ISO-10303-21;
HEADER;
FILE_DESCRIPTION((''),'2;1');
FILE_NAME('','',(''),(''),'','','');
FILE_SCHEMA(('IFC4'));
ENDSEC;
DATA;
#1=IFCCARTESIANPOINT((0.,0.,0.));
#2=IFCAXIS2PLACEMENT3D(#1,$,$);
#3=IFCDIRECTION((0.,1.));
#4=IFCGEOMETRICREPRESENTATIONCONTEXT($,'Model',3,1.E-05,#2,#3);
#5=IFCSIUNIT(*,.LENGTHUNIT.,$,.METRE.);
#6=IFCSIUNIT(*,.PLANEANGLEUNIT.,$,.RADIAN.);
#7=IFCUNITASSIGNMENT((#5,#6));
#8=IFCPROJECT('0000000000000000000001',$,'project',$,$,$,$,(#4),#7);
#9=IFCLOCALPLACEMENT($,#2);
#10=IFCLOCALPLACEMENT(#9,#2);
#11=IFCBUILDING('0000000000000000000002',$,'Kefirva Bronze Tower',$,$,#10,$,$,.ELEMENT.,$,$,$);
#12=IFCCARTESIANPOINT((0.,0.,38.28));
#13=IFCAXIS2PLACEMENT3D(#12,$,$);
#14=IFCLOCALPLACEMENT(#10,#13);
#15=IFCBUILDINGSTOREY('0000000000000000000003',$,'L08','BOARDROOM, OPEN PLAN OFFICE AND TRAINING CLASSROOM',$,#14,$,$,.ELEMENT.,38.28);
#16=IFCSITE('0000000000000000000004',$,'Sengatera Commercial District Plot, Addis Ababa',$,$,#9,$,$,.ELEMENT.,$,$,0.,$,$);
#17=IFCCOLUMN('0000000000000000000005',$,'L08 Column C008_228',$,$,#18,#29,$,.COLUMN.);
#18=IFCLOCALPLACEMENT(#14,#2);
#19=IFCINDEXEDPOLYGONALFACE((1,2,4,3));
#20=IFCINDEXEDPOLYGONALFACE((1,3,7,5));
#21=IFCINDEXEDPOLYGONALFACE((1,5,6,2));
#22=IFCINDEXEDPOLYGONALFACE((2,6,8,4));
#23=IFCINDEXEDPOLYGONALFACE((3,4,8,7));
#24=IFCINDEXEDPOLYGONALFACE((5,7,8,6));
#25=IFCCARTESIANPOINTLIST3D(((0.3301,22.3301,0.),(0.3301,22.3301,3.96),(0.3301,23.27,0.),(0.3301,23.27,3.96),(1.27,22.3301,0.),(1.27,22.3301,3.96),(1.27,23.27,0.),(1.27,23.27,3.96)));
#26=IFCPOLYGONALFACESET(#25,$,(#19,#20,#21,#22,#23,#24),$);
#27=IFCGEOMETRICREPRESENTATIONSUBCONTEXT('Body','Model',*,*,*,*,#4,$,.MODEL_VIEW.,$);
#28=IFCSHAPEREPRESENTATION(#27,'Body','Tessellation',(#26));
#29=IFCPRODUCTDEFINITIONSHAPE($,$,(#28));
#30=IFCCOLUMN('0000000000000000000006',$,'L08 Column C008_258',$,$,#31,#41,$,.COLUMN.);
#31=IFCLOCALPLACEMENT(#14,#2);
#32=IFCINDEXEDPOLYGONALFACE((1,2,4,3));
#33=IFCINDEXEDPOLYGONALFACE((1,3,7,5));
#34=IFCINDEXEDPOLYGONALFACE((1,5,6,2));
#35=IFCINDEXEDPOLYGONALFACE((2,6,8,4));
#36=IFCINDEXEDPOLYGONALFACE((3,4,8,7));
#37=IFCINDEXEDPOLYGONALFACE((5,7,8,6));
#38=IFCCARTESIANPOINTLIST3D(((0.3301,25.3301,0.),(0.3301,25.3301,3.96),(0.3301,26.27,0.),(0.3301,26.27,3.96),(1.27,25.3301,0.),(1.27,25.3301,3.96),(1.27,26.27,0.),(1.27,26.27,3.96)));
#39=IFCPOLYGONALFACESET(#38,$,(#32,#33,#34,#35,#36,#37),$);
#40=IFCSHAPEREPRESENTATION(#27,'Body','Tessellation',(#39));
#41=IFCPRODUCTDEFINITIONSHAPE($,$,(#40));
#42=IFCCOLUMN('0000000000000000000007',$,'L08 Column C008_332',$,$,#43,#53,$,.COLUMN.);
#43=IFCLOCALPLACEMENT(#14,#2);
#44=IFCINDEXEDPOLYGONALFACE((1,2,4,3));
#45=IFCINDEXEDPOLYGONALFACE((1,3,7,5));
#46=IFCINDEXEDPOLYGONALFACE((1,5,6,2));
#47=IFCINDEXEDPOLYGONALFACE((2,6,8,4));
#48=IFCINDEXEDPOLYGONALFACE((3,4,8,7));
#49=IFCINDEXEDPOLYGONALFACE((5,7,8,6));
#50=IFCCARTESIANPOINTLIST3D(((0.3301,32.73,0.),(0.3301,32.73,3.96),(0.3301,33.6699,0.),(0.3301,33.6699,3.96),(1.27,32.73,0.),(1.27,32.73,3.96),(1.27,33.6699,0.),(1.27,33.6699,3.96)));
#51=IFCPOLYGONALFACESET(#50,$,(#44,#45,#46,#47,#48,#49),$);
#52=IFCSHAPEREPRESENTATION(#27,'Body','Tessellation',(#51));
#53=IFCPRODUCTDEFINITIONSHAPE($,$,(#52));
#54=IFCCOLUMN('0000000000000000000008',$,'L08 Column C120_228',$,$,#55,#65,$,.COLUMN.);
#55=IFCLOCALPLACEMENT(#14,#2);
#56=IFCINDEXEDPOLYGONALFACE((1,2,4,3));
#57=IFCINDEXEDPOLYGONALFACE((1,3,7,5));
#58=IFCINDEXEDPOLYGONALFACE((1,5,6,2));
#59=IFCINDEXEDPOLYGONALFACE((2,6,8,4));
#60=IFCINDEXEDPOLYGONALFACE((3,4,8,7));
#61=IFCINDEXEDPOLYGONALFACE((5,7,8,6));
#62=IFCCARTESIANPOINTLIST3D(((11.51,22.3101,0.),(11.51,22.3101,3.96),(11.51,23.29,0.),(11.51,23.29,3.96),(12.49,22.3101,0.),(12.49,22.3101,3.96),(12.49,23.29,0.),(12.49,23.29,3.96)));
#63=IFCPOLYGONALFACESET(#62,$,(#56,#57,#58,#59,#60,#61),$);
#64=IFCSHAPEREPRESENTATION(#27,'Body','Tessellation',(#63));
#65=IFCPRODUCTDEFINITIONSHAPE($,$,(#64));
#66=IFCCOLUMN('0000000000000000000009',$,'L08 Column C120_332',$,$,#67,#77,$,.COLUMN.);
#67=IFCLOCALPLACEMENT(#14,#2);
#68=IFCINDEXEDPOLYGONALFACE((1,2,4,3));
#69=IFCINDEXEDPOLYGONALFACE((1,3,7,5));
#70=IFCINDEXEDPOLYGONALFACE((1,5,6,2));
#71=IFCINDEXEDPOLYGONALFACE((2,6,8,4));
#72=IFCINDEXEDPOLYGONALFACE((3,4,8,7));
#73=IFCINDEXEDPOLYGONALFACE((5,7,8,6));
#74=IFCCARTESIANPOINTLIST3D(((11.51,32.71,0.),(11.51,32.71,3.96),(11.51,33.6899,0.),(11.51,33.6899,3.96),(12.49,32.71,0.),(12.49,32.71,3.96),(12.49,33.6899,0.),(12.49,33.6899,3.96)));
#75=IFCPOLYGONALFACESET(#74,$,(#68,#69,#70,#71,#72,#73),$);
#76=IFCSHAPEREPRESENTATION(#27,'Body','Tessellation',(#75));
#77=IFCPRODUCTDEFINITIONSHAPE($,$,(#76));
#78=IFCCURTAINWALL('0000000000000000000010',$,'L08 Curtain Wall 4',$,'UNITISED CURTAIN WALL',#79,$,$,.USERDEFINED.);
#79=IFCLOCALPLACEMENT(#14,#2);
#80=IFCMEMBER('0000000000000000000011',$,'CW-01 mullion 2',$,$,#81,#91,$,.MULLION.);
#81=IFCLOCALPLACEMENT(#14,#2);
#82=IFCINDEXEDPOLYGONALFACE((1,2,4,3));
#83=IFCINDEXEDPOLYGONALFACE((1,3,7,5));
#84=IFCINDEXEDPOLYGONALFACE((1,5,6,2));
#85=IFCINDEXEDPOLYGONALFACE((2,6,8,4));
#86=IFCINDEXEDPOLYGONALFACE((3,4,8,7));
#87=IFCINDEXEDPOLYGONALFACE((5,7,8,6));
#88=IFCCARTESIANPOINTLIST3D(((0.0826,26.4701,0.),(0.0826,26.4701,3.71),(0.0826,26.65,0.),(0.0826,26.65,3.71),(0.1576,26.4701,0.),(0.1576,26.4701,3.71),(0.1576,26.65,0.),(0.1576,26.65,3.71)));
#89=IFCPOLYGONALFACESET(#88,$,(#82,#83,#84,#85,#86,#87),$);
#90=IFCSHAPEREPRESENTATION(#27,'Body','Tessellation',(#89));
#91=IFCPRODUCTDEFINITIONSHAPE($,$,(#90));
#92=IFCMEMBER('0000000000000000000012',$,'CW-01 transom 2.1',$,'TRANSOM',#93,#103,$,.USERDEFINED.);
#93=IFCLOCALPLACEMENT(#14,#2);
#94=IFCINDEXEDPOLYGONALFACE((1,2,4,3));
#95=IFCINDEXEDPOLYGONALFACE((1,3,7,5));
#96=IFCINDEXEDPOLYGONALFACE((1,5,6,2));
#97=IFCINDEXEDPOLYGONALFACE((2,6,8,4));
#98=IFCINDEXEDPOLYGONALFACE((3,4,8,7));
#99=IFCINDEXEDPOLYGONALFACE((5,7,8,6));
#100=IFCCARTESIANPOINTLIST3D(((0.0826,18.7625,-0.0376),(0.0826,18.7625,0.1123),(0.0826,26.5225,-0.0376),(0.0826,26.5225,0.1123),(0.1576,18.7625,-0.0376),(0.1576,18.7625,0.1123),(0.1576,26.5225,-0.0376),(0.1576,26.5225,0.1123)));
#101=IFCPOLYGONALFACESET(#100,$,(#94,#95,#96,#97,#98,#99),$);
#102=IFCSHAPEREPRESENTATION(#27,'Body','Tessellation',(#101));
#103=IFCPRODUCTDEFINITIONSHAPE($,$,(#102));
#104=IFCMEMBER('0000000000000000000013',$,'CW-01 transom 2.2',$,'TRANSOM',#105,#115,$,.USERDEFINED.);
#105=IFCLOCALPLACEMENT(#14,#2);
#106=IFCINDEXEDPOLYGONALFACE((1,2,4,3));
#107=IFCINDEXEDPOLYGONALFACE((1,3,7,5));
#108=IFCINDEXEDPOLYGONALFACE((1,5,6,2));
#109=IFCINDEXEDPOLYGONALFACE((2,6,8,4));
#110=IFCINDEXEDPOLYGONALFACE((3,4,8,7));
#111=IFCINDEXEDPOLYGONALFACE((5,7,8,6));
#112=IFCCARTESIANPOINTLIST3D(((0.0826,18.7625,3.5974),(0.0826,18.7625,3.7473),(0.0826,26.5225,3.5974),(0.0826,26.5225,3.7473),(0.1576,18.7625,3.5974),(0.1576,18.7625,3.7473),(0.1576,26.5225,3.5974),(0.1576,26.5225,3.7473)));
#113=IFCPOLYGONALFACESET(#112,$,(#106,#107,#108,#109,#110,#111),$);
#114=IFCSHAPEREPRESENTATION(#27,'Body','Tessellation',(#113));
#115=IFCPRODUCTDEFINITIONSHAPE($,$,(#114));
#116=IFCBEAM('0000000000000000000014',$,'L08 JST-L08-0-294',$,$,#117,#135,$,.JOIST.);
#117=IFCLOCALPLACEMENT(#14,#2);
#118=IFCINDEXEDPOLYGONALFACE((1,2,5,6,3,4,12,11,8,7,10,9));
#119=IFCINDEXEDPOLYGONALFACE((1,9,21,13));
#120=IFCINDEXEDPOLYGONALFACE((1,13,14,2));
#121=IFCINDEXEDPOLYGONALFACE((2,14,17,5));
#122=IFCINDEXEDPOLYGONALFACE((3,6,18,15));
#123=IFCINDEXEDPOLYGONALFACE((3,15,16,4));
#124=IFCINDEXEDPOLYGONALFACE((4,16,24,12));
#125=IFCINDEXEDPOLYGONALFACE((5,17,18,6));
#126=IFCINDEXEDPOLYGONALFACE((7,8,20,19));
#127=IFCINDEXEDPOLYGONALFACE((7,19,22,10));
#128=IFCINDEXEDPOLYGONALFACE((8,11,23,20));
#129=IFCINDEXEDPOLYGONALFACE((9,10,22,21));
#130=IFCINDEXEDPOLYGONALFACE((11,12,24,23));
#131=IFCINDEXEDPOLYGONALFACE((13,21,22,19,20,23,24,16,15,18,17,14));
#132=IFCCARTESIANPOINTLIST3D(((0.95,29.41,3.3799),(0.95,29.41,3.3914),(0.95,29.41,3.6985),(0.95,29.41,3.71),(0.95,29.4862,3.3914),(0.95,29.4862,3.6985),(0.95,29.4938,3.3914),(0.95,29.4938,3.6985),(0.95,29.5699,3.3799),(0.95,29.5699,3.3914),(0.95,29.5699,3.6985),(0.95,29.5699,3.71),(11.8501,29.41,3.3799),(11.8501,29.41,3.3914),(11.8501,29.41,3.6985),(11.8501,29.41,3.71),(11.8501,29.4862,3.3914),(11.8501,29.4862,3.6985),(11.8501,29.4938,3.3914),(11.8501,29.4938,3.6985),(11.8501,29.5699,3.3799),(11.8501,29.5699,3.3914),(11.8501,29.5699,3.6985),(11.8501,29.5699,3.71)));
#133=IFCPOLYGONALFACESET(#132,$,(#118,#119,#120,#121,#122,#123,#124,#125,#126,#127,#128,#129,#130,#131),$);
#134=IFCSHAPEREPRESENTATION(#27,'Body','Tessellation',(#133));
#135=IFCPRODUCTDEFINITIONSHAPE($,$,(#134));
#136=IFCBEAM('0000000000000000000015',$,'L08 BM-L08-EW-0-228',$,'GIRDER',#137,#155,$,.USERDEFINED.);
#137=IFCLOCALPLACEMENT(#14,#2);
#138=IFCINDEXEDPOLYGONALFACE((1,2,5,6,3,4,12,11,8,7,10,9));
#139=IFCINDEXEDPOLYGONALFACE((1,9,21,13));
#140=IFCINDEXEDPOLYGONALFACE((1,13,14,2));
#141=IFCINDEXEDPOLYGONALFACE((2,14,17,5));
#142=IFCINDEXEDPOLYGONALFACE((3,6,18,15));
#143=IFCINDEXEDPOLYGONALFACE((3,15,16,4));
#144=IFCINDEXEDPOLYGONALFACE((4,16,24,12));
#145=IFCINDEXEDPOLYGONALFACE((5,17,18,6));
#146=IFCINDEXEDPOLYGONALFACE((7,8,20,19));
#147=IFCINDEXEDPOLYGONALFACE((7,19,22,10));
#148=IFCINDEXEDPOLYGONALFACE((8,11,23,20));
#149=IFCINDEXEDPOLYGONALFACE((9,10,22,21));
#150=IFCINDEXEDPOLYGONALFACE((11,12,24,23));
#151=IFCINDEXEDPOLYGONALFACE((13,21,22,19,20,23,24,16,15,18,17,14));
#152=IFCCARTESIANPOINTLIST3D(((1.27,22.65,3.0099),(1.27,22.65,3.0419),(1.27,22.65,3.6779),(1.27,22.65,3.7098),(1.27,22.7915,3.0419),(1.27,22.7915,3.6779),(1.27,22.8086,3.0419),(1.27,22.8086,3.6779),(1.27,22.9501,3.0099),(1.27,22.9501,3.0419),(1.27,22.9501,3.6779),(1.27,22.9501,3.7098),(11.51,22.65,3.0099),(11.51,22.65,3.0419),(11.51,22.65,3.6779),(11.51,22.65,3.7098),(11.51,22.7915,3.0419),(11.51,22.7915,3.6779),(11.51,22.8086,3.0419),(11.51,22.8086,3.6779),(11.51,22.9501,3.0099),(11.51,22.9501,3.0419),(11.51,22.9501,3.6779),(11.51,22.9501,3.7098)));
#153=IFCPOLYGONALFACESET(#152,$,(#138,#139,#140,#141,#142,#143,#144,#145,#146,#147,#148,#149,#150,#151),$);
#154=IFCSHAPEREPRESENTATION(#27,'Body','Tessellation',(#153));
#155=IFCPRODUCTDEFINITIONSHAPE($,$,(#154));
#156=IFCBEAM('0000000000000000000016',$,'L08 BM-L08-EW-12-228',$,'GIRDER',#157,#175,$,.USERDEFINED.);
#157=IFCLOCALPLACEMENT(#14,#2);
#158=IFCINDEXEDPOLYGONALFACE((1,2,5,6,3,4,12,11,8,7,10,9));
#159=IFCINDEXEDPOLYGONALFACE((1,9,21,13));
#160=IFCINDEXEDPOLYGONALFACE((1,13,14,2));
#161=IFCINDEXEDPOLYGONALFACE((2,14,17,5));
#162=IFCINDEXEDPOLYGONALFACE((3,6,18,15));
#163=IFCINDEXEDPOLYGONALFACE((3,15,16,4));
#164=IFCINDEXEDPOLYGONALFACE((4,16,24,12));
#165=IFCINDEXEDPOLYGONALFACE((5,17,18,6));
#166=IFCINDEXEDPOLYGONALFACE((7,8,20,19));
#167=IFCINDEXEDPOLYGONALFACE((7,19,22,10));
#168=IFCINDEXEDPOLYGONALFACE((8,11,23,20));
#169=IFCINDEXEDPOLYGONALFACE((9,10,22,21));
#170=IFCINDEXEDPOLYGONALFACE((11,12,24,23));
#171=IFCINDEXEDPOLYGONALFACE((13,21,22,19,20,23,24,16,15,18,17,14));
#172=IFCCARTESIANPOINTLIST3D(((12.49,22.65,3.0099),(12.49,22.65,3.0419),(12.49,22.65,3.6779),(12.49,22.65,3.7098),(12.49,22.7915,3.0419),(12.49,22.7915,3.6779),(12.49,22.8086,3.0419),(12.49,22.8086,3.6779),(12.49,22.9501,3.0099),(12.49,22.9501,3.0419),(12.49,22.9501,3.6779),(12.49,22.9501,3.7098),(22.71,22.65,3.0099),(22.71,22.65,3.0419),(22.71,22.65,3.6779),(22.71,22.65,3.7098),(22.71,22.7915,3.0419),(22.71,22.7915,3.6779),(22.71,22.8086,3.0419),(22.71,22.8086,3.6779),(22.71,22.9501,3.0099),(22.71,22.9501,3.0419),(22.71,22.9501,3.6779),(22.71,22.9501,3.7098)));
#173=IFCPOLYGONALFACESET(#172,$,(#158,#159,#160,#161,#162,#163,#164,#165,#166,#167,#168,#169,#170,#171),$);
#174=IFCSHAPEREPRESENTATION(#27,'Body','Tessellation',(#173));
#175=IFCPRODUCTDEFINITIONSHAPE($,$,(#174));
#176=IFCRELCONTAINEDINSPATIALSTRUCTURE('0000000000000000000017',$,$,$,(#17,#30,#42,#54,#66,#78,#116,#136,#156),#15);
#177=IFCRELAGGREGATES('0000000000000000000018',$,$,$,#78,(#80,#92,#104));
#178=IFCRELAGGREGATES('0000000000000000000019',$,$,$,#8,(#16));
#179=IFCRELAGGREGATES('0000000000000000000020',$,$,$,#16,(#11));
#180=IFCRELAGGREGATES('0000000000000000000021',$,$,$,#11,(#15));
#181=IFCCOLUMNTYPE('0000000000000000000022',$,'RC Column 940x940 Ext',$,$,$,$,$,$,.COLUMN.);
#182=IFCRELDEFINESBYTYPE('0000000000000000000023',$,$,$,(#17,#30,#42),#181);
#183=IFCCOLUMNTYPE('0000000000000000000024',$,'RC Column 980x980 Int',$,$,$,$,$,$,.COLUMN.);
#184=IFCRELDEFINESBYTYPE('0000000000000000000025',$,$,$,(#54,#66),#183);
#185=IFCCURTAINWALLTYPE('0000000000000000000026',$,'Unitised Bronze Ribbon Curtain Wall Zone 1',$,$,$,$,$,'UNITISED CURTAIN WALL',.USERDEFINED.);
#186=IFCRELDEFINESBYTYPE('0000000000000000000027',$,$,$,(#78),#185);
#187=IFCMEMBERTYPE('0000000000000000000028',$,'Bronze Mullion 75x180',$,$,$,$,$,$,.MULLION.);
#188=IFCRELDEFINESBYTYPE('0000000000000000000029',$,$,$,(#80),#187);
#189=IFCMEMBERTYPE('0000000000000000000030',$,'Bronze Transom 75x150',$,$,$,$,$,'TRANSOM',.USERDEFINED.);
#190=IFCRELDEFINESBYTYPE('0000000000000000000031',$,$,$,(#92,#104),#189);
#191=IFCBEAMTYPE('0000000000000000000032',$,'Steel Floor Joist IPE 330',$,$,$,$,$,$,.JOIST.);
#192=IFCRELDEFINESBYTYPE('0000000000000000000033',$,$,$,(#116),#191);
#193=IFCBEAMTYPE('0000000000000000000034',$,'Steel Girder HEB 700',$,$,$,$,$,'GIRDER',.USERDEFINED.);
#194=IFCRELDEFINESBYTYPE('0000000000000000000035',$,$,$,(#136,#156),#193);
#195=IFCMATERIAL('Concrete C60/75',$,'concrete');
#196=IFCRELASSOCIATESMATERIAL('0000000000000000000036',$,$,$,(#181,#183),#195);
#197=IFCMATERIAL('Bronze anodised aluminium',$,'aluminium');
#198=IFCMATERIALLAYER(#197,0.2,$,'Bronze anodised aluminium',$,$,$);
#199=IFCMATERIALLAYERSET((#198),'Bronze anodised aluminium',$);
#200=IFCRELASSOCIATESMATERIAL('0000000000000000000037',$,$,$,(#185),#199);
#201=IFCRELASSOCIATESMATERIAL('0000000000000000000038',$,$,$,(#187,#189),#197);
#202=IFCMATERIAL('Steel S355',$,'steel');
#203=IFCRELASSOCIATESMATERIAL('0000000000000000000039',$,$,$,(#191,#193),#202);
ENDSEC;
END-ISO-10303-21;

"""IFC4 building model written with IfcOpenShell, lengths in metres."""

from ifc_helpers import new_model, si_unit, direction, frame, origin, origin_2d, place, context, subcontext, project, spatial, rectangle, i_section, extrude, material, layer, layer_set, material_profile, profile_set, type_object, element, aggregate, save


model = new_model("IFC4")

# Units and contexts
model_context = context("Model", 3, precision=1e-05, world=origin(), true_north=direction((0.0, 1.0)))
body_context = subcontext(model_context, "Body", "Model", "MODEL_VIEW")
ifc_project = project(units=[si_unit("LENGTHUNIT", "METRE"), si_unit("PLANEANGLEUNIT", "RADIAN")], contexts=[model_context])

# Site, building, storey
site_placement = place(None, origin())
site = spatial("IfcSite", under=ifc_project, at=site_placement, Name="Sengatera Commercial District Plot, Addis Ababa", CompositionType="ELEMENT", RefElevation=0.0)
building_placement = place(site_placement, origin())
building = spatial("IfcBuilding", under=site, at=building_placement, Name="Kefirva Bronze Tower", CompositionType="ELEMENT")
storey_placement = place(building_placement, frame((0.0, 0.0, 38.28)))
storey = spatial("IfcBuildingStorey", under=building, at=storey_placement, Name="L08", Description="BOARDROOM, OPEN PLAN OFFICE AND TRAINING CLASSROOM", CompositionType="ELEMENT", Elevation=38.28)

# Columns
ifc_material_1 = material(Name="Concrete C60/75", Category="concrete")
ifc_material_profile_1 = material_profile(ifc_material_1, rectangle(XDim=0.9399, YDim=0.9399, at=origin_2d()), Name="RC 940x940")
ifc_profile_set_1 = profile_set([ifc_material_profile_1], Name="Concrete C60/75")
column_type_1 = type_object("IfcColumnType", Name="RC Column 940x940 Ext", PredefinedType="COLUMN", material=ifc_profile_set_1)
for number, where, z_axis, x_axis, name in (
    (1, (0.8, 22.8, 0.0), (0.0, 0.0, 1.0), (1.0, 0.0, 0.0), "L08 Column C008_228"),
    (2, (0.8, 25.8, 0.0), (0.0, 0.0, 1.0), (1.0, 0.0, 0.0), "L08 Column C008_258"),
    (3, (0.8, 33.2, 0.0), (0.0, 0.0, 1.0), (1.0, 0.0, 0.0), "L08 Column C008_332"),
):
    element("IfcColumn", number, at=place(storey_placement, frame(where, z_axis=z_axis, x_axis=x_axis)), inside=storey, type_object=column_type_1, Name=name, PredefinedType="COLUMN", context=body_context, shape_type="SweptSolid", body=[
        extrude(rectangle(XDim=0.9399, YDim=0.9399, at=origin_2d()), origin(), (0.0, 0.0, 1.0), 3.96),
    ])
ifc_material_profile_2 = material_profile(ifc_material_1, rectangle(XDim=0.98, YDim=0.98, at=origin_2d()), Name="RC 980x980")
ifc_profile_set_2 = profile_set([ifc_material_profile_2], Name="Concrete C60/75")
column_type_2 = type_object("IfcColumnType", Name="RC Column 980x980 Int", PredefinedType="COLUMN", material=ifc_profile_set_2)
for number, where, z_axis, x_axis, name in (
    (4, (12.0, 22.8, 0.0), (0.0, 0.0, 1.0), (1.0, 0.0, 0.0), "L08 Column C120_228"),
    (5, (12.0, 33.2, 0.0), (0.0, 0.0, 1.0), (1.0, 0.0, 0.0), "L08 Column C120_332"),
):
    element("IfcColumn", number, at=place(storey_placement, frame(where, z_axis=z_axis, x_axis=x_axis)), inside=storey, type_object=column_type_2, Name=name, PredefinedType="COLUMN", context=body_context, shape_type="SweptSolid", body=[
        extrude(rectangle(XDim=0.98, YDim=0.98, at=origin_2d()), origin(), (0.0, 0.0, 1.0), 3.96),
    ])

# Curtain wall, members
ifc_material_2 = material(Name="Bronze anodised aluminium", Category="aluminium")
ifc_layer_1 = layer(ifc_material_2, 0.2, Name="Bronze anodised aluminium")
ifc_layer_set_1 = layer_set([ifc_layer_1], Name="Bronze anodised aluminium")
curtain_wall_type = type_object("IfcCurtainWallType", Name="Unitised Bronze Ribbon Curtain Wall Zone 1", ElementType="UNITISED CURTAIN WALL", PredefinedType="USERDEFINED", material=ifc_layer_set_1)
curtain_wall_placement = place(storey_placement, origin())
curtain_wall = element("IfcCurtainWall", 6, at=curtain_wall_placement, inside=storey, type_object=curtain_wall_type, Name="L08 Curtain Wall 4", ObjectType="UNITISED CURTAIN WALL", PredefinedType="USERDEFINED")
ifc_material_profile_3 = material_profile(ifc_material_2, rectangle(XDim=0.075, YDim=0.1799, at=origin_2d()), Name="ALU 75x180")
ifc_profile_set_3 = profile_set([ifc_material_profile_3], Name="Bronze anodised aluminium")
member_type_1 = type_object("IfcMemberType", Name="Bronze Mullion 75x180", PredefinedType="MULLION", material=ifc_profile_set_3)
member_1_placement = place(storey_placement, frame((0.1201, 26.5601, 0.0), z_axis=(0.0, 0.0, 1.0), x_axis=(1.0, 0.0, 0.0)))
member_1 = element("IfcMember", 7, at=member_1_placement, type_object=member_type_1, Name="CW-01 mullion 2", PredefinedType="MULLION", context=body_context, shape_type="SweptSolid", body=[
    extrude(rectangle(XDim=0.075, YDim=0.1799, at=origin_2d()), origin(), (0.0, 0.0, 1.0), 3.71),
])
ifc_material_profile_4 = material_profile(ifc_material_2, rectangle(XDim=0.075, YDim=0.1499, at=origin_2d()), Name="ALU 75x150")
ifc_profile_set_4 = profile_set([ifc_material_profile_4], Name="Bronze anodised aluminium")
member_type_2 = type_object("IfcMemberType", Name="Bronze Transom 75x150", ElementType="TRANSOM", PredefinedType="USERDEFINED", material=ifc_profile_set_4)
member_2_placement = place(storey_placement, frame((0.1201, 26.5225, 0.0374), z_axis=(0.0, -1.0, 0.0), x_axis=(1.0, 0.0, 0.0)))
member_2 = element("IfcMember", 8, at=member_2_placement, type_object=member_type_2, Name="CW-01 transom 2.1", ObjectType="TRANSOM", PredefinedType="USERDEFINED", context=body_context, shape_type="SweptSolid", body=[
    extrude(rectangle(XDim=0.075, YDim=0.1499, at=origin_2d()), origin(), (0.0, 0.0, 1.0), 7.76),
])
member_3_placement = place(storey_placement, frame((0.1201, 26.5225, 3.6724), z_axis=(0.0, -1.0, 0.0), x_axis=(1.0, 0.0, 0.0)))
member_3 = element("IfcMember", 9, at=member_3_placement, type_object=member_type_2, Name="CW-01 transom 2.2", ObjectType="TRANSOM", PredefinedType="USERDEFINED", context=body_context, shape_type="SweptSolid", body=[
    extrude(rectangle(XDim=0.075, YDim=0.1499, at=origin_2d()), origin(), (0.0, 0.0, 1.0), 7.76),
])

# Beams
ifc_material_3 = material(Name="Steel S355", Category="steel")
ifc_material_profile_5 = material_profile(ifc_material_3, i_section(OverallWidth=0.1599, OverallDepth=0.3301, WebThickness=0.0076, FlangeThickness=0.0115, at=origin_2d()), Name="IPE 330")
ifc_profile_set_5 = profile_set([ifc_material_profile_5], Name="Steel S355")
beam_type_1 = type_object("IfcBeamType", Name="Steel Floor Joist IPE 330", PredefinedType="JOIST", material=ifc_profile_set_5)
beam_1_placement = place(storey_placement, frame((0.95, 29.49, 3.5449), z_axis=(1.0, 0.0, 0.0), x_axis=(0.0, 1.0, 0.0)))
element("IfcBeam", 10, at=beam_1_placement, inside=storey, type_object=beam_type_1, Name="L08 JST-L08-0-294", PredefinedType="JOIST", context=body_context, shape_type="SweptSolid", body=[
    extrude(i_section(OverallWidth=0.1599, OverallDepth=0.3301, WebThickness=0.0076, FlangeThickness=0.0115, at=origin_2d()), origin(), (0.0, 0.0, 1.0), 10.9001),
])
ifc_material_profile_6 = material_profile(ifc_material_3, i_section(OverallWidth=0.3, OverallDepth=0.7, WebThickness=0.0171, FlangeThickness=0.032, at=origin_2d()), Name="HEB 700")
ifc_profile_set_6 = profile_set([ifc_material_profile_6], Name="Steel S355")
beam_type_2 = type_object("IfcBeamType", Name="Steel Girder HEB 700", ElementType="GIRDER", PredefinedType="USERDEFINED", material=ifc_profile_set_6)
beam_2_placement = place(storey_placement, frame((1.27, 22.8, 3.3599), z_axis=(1.0, 0.0, 0.0), x_axis=(0.0, 1.0, 0.0)))
element("IfcBeam", 11, at=beam_2_placement, inside=storey, type_object=beam_type_2, Name="L08 BM-L08-EW-0-228", ObjectType="GIRDER", PredefinedType="USERDEFINED", context=body_context, shape_type="SweptSolid", body=[
    extrude(i_section(OverallWidth=0.3, OverallDepth=0.7, WebThickness=0.0171, FlangeThickness=0.032, at=origin_2d()), origin(), (0.0, 0.0, 1.0), 10.24),
])
beam_3_placement = place(storey_placement, frame((12.49, 22.8, 3.3599), z_axis=(1.0, 0.0, 0.0), x_axis=(0.0, 1.0, 0.0)))
element("IfcBeam", 12, at=beam_3_placement, inside=storey, type_object=beam_type_2, Name="L08 BM-L08-EW-12-228", ObjectType="GIRDER", PredefinedType="USERDEFINED", context=body_context, shape_type="SweptSolid", body=[
    extrude(i_section(OverallWidth=0.3, OverallDepth=0.7, WebThickness=0.0171, FlangeThickness=0.032, at=origin_2d()), origin(), (0.0, 0.0, 1.0), 10.22),
])

aggregate(curtain_wall, [member_1, member_2, member_3])

save(model, "model.ifc")
